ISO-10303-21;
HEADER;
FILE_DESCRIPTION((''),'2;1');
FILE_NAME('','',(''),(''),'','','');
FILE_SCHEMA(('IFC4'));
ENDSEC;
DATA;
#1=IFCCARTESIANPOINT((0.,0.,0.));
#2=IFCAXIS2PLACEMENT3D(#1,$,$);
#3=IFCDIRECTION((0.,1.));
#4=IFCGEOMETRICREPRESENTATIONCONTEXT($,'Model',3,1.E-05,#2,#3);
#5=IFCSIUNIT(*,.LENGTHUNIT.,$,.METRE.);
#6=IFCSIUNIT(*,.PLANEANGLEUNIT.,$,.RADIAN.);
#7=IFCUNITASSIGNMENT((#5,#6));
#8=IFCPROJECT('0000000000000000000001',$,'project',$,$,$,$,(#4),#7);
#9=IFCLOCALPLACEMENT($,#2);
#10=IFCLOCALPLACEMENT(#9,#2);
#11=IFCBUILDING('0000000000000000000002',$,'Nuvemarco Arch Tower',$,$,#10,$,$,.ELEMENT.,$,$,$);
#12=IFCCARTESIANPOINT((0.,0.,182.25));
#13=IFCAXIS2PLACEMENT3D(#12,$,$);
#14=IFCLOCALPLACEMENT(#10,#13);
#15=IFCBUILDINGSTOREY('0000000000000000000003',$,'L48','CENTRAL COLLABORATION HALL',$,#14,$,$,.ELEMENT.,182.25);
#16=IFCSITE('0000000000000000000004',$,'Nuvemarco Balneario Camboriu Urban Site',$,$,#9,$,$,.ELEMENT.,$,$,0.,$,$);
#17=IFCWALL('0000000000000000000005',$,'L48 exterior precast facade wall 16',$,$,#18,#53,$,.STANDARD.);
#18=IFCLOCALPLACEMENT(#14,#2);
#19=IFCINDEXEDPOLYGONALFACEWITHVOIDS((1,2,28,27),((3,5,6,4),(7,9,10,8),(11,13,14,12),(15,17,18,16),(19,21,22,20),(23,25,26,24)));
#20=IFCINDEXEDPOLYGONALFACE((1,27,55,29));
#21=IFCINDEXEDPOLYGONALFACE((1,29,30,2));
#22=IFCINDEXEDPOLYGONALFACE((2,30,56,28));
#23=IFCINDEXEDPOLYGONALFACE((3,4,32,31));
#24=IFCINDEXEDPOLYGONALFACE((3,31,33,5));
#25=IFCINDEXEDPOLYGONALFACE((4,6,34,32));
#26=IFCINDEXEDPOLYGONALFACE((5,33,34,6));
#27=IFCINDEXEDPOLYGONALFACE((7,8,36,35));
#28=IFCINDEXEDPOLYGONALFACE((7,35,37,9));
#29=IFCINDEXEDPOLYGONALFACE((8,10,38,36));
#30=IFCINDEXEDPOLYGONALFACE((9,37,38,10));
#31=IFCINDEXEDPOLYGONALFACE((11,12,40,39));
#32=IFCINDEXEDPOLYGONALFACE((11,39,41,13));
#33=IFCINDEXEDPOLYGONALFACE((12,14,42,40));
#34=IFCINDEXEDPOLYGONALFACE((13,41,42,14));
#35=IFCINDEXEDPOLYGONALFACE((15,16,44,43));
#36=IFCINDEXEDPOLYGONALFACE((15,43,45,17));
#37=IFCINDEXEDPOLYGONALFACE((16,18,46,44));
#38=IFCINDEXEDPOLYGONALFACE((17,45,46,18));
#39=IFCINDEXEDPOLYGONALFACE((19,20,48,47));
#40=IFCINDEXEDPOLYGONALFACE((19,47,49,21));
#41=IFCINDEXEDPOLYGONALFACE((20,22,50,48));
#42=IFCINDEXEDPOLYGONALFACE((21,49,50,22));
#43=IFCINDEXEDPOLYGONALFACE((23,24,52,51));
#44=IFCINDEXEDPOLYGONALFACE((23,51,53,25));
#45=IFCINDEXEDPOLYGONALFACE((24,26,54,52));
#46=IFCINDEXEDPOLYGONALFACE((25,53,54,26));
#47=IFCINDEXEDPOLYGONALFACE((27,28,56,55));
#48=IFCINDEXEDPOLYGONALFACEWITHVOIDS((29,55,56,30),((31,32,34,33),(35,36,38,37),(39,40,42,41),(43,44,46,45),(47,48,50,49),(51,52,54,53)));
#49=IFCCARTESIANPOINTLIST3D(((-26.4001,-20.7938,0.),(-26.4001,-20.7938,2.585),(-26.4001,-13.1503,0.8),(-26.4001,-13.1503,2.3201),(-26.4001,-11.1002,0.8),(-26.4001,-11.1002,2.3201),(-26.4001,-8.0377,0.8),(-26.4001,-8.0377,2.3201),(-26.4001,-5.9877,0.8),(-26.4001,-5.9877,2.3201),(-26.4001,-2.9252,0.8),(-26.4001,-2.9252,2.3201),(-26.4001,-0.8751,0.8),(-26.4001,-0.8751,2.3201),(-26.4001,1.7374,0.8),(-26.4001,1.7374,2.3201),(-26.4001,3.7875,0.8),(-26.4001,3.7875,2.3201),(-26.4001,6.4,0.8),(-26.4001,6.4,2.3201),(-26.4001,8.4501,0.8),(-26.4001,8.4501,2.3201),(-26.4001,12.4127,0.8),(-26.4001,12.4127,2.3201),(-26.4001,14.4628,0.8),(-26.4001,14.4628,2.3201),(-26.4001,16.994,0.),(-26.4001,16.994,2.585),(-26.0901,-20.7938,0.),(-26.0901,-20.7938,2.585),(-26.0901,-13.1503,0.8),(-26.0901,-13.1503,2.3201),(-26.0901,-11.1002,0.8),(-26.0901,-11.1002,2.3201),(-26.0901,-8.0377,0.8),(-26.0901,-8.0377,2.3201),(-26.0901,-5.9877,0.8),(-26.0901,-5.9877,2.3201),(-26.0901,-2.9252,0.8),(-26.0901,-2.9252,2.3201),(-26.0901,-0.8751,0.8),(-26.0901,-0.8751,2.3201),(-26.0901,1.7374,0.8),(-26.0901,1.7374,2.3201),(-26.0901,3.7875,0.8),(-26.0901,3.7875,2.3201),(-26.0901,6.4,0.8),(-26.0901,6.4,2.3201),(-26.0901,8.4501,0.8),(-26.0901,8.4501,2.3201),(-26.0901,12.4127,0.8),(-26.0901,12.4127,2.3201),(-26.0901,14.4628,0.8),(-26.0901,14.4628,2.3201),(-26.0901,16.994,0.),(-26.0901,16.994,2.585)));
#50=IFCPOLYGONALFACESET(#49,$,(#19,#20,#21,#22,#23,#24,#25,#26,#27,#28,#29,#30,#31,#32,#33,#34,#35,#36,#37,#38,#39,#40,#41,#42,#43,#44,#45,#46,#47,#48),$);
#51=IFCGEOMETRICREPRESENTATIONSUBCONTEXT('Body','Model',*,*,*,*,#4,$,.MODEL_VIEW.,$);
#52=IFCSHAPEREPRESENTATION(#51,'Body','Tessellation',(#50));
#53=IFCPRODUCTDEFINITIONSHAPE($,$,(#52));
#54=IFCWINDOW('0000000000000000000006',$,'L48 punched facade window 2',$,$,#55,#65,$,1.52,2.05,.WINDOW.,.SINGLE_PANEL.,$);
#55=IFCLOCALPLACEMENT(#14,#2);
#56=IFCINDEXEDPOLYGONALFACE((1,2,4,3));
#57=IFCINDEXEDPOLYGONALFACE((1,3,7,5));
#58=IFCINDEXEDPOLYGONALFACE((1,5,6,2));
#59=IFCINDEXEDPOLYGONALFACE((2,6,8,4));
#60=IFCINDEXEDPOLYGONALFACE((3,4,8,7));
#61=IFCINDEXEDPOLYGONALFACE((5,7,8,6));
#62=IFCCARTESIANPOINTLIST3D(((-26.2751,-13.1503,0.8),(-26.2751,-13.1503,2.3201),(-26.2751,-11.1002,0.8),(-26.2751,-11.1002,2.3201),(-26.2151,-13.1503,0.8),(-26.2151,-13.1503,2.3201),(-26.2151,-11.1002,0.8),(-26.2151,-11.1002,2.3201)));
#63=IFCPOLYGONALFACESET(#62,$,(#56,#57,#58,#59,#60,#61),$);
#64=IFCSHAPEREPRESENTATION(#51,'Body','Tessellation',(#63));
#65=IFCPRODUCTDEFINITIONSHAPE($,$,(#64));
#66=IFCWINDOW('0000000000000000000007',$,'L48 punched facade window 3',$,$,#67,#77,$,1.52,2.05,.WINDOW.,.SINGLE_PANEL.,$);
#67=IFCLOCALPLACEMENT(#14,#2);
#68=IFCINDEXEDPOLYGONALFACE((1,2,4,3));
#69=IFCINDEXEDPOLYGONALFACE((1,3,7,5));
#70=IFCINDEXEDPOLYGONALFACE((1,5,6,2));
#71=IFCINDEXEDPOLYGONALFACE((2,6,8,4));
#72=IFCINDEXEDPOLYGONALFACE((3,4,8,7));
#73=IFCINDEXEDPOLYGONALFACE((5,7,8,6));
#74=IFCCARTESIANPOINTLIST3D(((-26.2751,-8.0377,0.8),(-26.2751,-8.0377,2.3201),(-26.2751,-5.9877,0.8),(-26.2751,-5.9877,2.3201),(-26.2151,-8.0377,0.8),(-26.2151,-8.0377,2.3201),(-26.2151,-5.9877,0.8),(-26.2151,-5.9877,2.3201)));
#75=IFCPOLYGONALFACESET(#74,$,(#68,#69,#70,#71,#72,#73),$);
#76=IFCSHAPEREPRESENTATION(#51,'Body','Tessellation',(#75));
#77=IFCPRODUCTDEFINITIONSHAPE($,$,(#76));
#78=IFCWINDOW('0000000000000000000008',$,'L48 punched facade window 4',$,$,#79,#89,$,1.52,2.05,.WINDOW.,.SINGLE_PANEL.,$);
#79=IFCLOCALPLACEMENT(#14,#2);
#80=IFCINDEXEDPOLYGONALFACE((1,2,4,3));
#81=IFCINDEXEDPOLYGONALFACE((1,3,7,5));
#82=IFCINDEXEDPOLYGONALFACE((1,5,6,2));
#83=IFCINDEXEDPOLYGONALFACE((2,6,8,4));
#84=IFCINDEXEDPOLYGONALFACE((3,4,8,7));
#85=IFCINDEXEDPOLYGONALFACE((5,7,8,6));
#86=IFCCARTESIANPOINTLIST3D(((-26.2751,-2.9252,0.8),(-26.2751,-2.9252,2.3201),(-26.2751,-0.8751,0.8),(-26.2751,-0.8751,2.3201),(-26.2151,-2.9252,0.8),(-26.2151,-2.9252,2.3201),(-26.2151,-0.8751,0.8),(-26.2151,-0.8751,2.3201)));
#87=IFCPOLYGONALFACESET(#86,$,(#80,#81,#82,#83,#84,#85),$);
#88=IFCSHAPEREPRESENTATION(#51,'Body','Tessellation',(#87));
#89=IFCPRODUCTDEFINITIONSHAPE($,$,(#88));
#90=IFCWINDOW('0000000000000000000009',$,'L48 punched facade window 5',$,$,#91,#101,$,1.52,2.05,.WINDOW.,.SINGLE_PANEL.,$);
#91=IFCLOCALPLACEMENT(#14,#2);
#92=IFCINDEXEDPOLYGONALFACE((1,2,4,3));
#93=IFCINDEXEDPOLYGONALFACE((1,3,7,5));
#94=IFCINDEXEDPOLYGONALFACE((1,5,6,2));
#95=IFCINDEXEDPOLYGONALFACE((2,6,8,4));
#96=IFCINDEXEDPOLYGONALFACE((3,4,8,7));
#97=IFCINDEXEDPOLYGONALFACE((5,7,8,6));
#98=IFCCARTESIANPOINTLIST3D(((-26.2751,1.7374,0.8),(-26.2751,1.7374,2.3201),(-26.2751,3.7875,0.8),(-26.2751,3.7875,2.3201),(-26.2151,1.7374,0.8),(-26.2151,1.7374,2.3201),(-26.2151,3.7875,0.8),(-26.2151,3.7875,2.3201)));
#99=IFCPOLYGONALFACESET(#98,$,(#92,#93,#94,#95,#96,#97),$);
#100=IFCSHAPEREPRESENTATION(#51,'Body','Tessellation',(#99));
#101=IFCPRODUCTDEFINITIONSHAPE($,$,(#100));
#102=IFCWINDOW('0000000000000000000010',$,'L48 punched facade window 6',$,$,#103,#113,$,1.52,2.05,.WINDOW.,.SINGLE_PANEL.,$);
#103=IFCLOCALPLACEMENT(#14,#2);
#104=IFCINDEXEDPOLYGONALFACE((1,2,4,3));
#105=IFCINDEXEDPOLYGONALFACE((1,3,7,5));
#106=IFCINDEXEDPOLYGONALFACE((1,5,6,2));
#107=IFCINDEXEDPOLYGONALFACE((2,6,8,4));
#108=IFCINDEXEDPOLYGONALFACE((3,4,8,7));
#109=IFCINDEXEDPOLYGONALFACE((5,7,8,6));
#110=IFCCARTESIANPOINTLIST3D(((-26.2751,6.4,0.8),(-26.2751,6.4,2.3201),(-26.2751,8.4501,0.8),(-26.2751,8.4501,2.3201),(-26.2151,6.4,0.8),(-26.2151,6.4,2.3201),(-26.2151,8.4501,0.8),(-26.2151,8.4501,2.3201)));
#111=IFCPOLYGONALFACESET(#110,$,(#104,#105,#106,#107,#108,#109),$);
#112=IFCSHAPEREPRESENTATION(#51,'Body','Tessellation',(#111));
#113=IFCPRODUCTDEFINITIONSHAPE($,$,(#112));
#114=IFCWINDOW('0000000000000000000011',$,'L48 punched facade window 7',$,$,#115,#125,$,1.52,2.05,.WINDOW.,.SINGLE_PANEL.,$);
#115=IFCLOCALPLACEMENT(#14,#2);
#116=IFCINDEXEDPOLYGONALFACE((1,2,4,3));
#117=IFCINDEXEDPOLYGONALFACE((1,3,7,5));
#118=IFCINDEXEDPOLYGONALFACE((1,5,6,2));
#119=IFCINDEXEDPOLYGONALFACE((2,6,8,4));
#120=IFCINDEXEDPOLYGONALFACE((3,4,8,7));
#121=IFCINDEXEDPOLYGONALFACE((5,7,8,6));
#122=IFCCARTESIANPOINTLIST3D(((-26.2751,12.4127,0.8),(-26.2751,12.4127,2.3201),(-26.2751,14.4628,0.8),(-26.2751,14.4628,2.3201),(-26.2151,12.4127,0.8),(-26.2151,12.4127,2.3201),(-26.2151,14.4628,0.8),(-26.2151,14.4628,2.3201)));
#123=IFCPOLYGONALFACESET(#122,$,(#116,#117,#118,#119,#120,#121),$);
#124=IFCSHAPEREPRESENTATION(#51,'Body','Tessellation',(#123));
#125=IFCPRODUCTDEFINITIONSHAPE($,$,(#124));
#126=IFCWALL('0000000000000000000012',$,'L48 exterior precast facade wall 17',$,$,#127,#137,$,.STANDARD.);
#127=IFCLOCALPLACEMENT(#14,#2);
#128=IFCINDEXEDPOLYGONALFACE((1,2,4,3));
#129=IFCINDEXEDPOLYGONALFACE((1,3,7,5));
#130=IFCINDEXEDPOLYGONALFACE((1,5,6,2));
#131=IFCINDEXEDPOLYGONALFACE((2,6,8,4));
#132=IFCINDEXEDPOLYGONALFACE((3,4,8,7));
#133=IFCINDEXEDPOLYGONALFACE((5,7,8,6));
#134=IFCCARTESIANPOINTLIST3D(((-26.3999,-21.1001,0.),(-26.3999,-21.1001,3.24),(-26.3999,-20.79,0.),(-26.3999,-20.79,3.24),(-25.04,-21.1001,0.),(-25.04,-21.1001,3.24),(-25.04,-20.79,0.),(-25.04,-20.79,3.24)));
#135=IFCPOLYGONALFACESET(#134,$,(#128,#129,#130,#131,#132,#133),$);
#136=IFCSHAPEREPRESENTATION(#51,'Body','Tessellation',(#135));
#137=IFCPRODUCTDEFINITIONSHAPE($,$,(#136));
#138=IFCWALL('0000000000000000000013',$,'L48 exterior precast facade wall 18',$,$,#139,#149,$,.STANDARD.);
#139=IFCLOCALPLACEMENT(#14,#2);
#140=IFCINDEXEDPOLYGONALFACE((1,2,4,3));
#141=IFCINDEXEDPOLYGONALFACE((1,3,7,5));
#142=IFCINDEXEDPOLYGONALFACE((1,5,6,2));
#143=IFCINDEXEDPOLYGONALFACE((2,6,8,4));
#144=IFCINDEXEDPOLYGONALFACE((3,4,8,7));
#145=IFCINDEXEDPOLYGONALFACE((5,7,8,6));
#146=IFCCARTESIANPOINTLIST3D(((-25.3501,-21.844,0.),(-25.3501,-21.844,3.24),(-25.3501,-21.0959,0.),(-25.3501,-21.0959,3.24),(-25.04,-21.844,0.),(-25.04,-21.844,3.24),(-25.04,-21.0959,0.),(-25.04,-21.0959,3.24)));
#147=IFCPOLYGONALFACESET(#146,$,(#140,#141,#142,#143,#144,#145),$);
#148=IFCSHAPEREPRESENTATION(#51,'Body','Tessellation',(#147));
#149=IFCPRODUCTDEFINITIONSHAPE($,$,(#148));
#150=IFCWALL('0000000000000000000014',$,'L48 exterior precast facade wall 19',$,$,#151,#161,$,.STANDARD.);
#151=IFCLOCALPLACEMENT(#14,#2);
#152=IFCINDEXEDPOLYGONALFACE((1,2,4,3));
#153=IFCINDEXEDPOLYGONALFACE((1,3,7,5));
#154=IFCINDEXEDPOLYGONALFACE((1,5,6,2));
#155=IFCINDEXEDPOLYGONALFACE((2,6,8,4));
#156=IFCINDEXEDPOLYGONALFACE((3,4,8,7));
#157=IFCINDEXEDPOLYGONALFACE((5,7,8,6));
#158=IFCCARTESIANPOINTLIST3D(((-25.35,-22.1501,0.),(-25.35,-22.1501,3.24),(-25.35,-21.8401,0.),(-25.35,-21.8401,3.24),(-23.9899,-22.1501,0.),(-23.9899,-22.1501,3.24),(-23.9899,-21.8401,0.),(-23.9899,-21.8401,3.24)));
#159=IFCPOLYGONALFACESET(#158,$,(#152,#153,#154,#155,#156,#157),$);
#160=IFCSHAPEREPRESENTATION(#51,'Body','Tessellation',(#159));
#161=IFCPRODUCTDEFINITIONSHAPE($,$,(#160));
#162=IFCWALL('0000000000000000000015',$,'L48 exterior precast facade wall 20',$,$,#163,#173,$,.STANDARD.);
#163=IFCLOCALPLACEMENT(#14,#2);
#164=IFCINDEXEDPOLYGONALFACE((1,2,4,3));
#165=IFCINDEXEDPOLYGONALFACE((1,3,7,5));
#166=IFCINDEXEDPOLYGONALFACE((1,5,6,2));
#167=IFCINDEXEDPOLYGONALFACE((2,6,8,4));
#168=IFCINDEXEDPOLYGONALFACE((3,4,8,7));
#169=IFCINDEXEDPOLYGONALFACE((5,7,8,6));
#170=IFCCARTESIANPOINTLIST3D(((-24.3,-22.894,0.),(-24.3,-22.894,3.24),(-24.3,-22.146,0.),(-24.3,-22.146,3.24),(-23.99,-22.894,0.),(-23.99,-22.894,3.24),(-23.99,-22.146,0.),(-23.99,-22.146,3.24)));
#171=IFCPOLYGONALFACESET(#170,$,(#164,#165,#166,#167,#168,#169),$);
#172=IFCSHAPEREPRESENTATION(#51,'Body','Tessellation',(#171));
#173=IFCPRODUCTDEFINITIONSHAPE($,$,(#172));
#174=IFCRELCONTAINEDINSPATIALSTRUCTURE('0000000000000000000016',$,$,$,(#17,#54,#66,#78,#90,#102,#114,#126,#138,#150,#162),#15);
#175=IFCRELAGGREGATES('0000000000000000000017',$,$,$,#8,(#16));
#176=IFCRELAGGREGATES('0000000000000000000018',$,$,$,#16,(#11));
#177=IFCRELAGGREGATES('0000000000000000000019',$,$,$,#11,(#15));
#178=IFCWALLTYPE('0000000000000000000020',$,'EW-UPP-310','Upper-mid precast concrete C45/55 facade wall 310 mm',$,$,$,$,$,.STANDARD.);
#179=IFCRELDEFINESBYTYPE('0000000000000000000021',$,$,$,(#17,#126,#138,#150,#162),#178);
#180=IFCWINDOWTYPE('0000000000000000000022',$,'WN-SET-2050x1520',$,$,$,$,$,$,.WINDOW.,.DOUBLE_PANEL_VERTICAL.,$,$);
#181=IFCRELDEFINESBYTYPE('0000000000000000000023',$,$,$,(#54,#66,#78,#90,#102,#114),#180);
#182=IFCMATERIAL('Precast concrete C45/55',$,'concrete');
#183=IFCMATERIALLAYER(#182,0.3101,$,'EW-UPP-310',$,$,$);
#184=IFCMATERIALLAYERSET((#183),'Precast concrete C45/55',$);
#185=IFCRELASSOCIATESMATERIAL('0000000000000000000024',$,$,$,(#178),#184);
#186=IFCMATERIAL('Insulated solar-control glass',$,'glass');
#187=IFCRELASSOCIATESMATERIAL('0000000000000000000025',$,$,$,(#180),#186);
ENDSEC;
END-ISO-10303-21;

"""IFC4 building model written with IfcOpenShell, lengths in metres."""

from ifc_helpers import new_model, si_unit, direction, frame, frame_2d, origin, place, context, subcontext, project, spatial, rectangle, extrude, source, transform, mapped, material, layer, layer_set, type_object, type_shapes, element, fill, save


model = new_model("IFC4")

# Units and contexts
model_context = context("Model", 3, precision=1e-05, world=origin(), true_north=direction((0.0, 1.0)))
body_context = subcontext(model_context, "Body", "Model", "MODEL_VIEW")
ifc_project = project(units=[si_unit("LENGTHUNIT", "METRE"), si_unit("PLANEANGLEUNIT", "RADIAN")], contexts=[model_context])

# Site, building, storey
site_placement = place(None, origin())
site = spatial("IfcSite", under=ifc_project, at=site_placement, Name="Nuvemarco Balneario Camboriu Urban Site", CompositionType="ELEMENT", RefElevation=0.0)
building_placement = place(site_placement, origin())
building = spatial("IfcBuilding", under=site, at=building_placement, Name="Nuvemarco Arch Tower", CompositionType="ELEMENT")
storey_placement = place(building_placement, frame((0.0, 0.0, 182.25)))
storey = spatial("IfcBuildingStorey", under=building, at=storey_placement, Name="L48", Description="CENTRAL COLLABORATION HALL", CompositionType="ELEMENT", Elevation=182.25)

# Wall, openings, windows
ifc_material_1 = material(Name="Precast concrete C45/55", Category="concrete")
ifc_layer_1 = layer(ifc_material_1, 0.3101, Name="EW-UPP-310")
ifc_layer_set_1 = layer_set([ifc_layer_1], Name="Precast concrete C45/55")
wall_type_1 = type_object("IfcWallType", Name="EW-UPP-310", Description="Upper-mid precast concrete C45/55 facade wall 310 mm", PredefinedType="STANDARD", material=ifc_layer_set_1)
ifc_material_2 = material(Name="Insulated solar-control glass", Category="glass")
wall_1_placement = place(storey_placement, frame((-26.2451, -20.7939, 0.0), z_axis=(0.0, 0.0, 1.0), x_axis=(0.0, 1.0, 0.0)))
wall_1 = element("IfcWall", 1, at=wall_1_placement, inside=storey, type_object=wall_type_1, Name="L48 exterior precast facade wall 16", PredefinedType="STANDARD", context=body_context, shape_type="SweptSolid", body=[
    extrude(rectangle(XDim=37.7878, YDim=0.3101, at=frame_2d((18.894, 0.0))), origin(), (0.0, 0.0, 1.0), 2.585),
])
opening_1_placement = place(wall_1_placement, frame((7.6438, 0.0, 0.8)))
opening_1 = element("IfcOpeningElement", 2, at=opening_1_placement, cuts=wall_1, PredefinedType="OPENING", context=body_context, shape_type="SweptSolid", body=[
    extrude(rectangle(XDim=2.05, YDim=1.52, at=frame_2d((1.0249, 0.76))), frame((0.0, 0.165, 0.0), z_axis=(0.0, -1.0, 0.0), x_axis=(1.0, 0.0, 0.0)), (0.0, 0.0, 1.0), 0.3301),
])
opening_2_placement = place(wall_1_placement, frame((12.7563, 0.0, 0.8)))
opening_2 = element("IfcOpeningElement", 3, at=opening_2_placement, cuts=wall_1, PredefinedType="OPENING", context=body_context, shape_type="SweptSolid", body=[
    extrude(rectangle(XDim=2.05, YDim=1.52, at=frame_2d((1.0249, 0.76))), frame((0.0, 0.165, 0.0), z_axis=(0.0, -1.0, 0.0), x_axis=(1.0, 0.0, 0.0)), (0.0, 0.0, 1.0), 0.3301),
])
opening_3_placement = place(wall_1_placement, frame((17.8689, 0.0, 0.8)))
opening_3 = element("IfcOpeningElement", 4, at=opening_3_placement, cuts=wall_1, PredefinedType="OPENING", context=body_context, shape_type="SweptSolid", body=[
    extrude(rectangle(XDim=2.05, YDim=1.52, at=frame_2d((1.0249, 0.76))), frame((0.0, 0.165, 0.0), z_axis=(0.0, -1.0, 0.0), x_axis=(1.0, 0.0, 0.0)), (0.0, 0.0, 1.0), 0.3301),
])
opening_4_placement = place(wall_1_placement, frame((22.5315, 0.0, 0.8)))
opening_4 = element("IfcOpeningElement", 5, at=opening_4_placement, cuts=wall_1, PredefinedType="OPENING", context=body_context, shape_type="SweptSolid", body=[
    extrude(rectangle(XDim=2.05, YDim=1.52, at=frame_2d((1.0249, 0.76))), frame((0.0, 0.165, 0.0), z_axis=(0.0, -1.0, 0.0), x_axis=(1.0, 0.0, 0.0)), (0.0, 0.0, 1.0), 0.3301),
])
opening_5_placement = place(wall_1_placement, frame((27.1941, 0.0, 0.8)))
opening_5 = element("IfcOpeningElement", 6, at=opening_5_placement, cuts=wall_1, PredefinedType="OPENING", context=body_context, shape_type="SweptSolid", body=[
    extrude(rectangle(XDim=2.05, YDim=1.52, at=frame_2d((1.0249, 0.76))), frame((0.0, 0.165, 0.0), z_axis=(0.0, -1.0, 0.0), x_axis=(1.0, 0.0, 0.0)), (0.0, 0.0, 1.0), 0.3301),
])
opening_6_placement = place(wall_1_placement, frame((33.2068, 0.0, 0.8)))
opening_6 = element("IfcOpeningElement", 7, at=opening_6_placement, cuts=wall_1, PredefinedType="OPENING", context=body_context, shape_type="SweptSolid", body=[
    extrude(rectangle(XDim=2.05, YDim=1.52, at=frame_2d((1.0249, 0.76))), frame((0.0, 0.165, 0.0), z_axis=(0.0, -1.0, 0.0), x_axis=(1.0, 0.0, 0.0)), (0.0, 0.0, 1.0), 0.3301),
])
window_type_1 = type_object("IfcWindowType", Name="WN-SET-2050x1520", PartitioningType="DOUBLE_PANEL_VERTICAL", PredefinedType="WINDOW", material=ifc_material_2)
shared_shape_1 = source(origin(), body_context, "Body", "SweptSolid", [
    extrude(rectangle(XDim=2.05, YDim=1.52, at=frame_2d((1.0249, 0.76))), frame((0.0, 0.03, 0.0), z_axis=(0.0, -1.0, 0.0), x_axis=(1.0, 0.0, 0.0)), (0.0, 0.0, 1.0), 0.0601),
])
type_shapes(window_type_1, [shared_shape_1])
window_1_placement = place(opening_1_placement, origin())
window_1 = element("IfcWindow", 8, at=window_1_placement, inside=storey, type_object=window_type_1, Name="L48 punched facade window 2", OverallHeight=1.52, OverallWidth=2.05, PartitioningType="SINGLE_PANEL", PredefinedType="WINDOW", context=body_context, shape_type="MappedRepresentation", body=[
    mapped(shared_shape_1, transform((0.0, 0.0, 0.0), scale=1.0)),
])
fill(opening_1, window_1)
window_2_placement = place(opening_2_placement, origin())
window_2 = element("IfcWindow", 9, at=window_2_placement, inside=storey, type_object=window_type_1, Name="L48 punched facade window 3", OverallHeight=1.52, OverallWidth=2.05, PartitioningType="SINGLE_PANEL", PredefinedType="WINDOW", context=body_context, shape_type="MappedRepresentation", body=[
    mapped(shared_shape_1, transform((0.0, 0.0, 0.0), scale=1.0)),
])
fill(opening_2, window_2)
window_3_placement = place(opening_3_placement, origin())
window_3 = element("IfcWindow", 10, at=window_3_placement, inside=storey, type_object=window_type_1, Name="L48 punched facade window 4", OverallHeight=1.52, OverallWidth=2.05, PartitioningType="SINGLE_PANEL", PredefinedType="WINDOW", context=body_context, shape_type="MappedRepresentation", body=[
    mapped(shared_shape_1, transform((0.0, 0.0, 0.0), scale=1.0)),
])
fill(opening_3, window_3)
window_4_placement = place(opening_4_placement, origin())
window_4 = element("IfcWindow", 11, at=window_4_placement, inside=storey, type_object=window_type_1, Name="L48 punched facade window 5", OverallHeight=1.52, OverallWidth=2.05, PartitioningType="SINGLE_PANEL", PredefinedType="WINDOW", context=body_context, shape_type="MappedRepresentation", body=[
    mapped(shared_shape_1, transform((0.0, 0.0, 0.0), scale=1.0)),
])
fill(opening_4, window_4)
window_5_placement = place(opening_5_placement, origin())
window_5 = element("IfcWindow", 12, at=window_5_placement, inside=storey, type_object=window_type_1, Name="L48 punched facade window 6", OverallHeight=1.52, OverallWidth=2.05, PartitioningType="SINGLE_PANEL", PredefinedType="WINDOW", context=body_context, shape_type="MappedRepresentation", body=[
    mapped(shared_shape_1, transform((0.0, 0.0, 0.0), scale=1.0)),
])
fill(opening_5, window_5)
window_6_placement = place(opening_6_placement, origin())
window_6 = element("IfcWindow", 13, at=window_6_placement, inside=storey, type_object=window_type_1, Name="L48 punched facade window 7", OverallHeight=1.52, OverallWidth=2.05, PartitioningType="SINGLE_PANEL", PredefinedType="WINDOW", context=body_context, shape_type="MappedRepresentation", body=[
    mapped(shared_shape_1, transform((0.0, 0.0, 0.0), scale=1.0)),
])
fill(opening_6, window_6)

# Walls
wall_2_placement = place(storey_placement, frame((-26.3999, -20.9451, 0.0), z_axis=(0.0, 0.0, 1.0), x_axis=(1.0, 0.0, 0.0)))
element("IfcWall", 14, at=wall_2_placement, inside=storey, type_object=wall_type_1, Name="L48 exterior precast facade wall 17", PredefinedType="STANDARD", context=body_context, shape_type="SweptSolid", body=[
    extrude(rectangle(XDim=1.3599, YDim=0.3101, at=frame_2d((0.6799, 0.0))), origin(), (0.0, 0.0, 1.0), 3.24),
])
wall_3_placement = place(storey_placement, frame((-25.1951, -21.844, 0.0), z_axis=(0.0, 0.0, 1.0), x_axis=(0.0, 1.0, 0.0)))
element("IfcWall", 15, at=wall_3_placement, inside=storey, type_object=wall_type_1, Name="L48 exterior precast facade wall 18", PredefinedType="STANDARD", context=body_context, shape_type="SweptSolid", body=[
    extrude(rectangle(XDim=0.748, YDim=0.3101, at=frame_2d((0.374, 0.0))), origin(), (0.0, 0.0, 1.0), 3.24),
])
wall_4_placement = place(storey_placement, frame((-25.3501, -21.9951, 0.0), z_axis=(0.0, 0.0, 1.0), x_axis=(1.0, 0.0, 0.0)))
element("IfcWall", 16, at=wall_4_placement, inside=storey, type_object=wall_type_1, Name="L48 exterior precast facade wall 19", PredefinedType="STANDARD", context=body_context, shape_type="SweptSolid", body=[
    extrude(rectangle(XDim=1.3601, YDim=0.3101, at=frame_2d((0.6802, 0.0))), origin(), (0.0, 0.0, 1.0), 3.24),
])
wall_5_placement = place(storey_placement, frame((-24.145, -22.894, 0.0), z_axis=(0.0, 0.0, 1.0), x_axis=(0.0, 1.0, 0.0)))
element("IfcWall", 17, at=wall_5_placement, inside=storey, type_object=wall_type_1, Name="L48 exterior precast facade wall 20", PredefinedType="STANDARD", context=body_context, shape_type="SweptSolid", body=[
    extrude(rectangle(XDim=0.748, YDim=0.3101, at=frame_2d((0.374, 0.0))), origin(), (0.0, 0.0, 1.0), 3.24),
])

save(model, "model.ifc")
